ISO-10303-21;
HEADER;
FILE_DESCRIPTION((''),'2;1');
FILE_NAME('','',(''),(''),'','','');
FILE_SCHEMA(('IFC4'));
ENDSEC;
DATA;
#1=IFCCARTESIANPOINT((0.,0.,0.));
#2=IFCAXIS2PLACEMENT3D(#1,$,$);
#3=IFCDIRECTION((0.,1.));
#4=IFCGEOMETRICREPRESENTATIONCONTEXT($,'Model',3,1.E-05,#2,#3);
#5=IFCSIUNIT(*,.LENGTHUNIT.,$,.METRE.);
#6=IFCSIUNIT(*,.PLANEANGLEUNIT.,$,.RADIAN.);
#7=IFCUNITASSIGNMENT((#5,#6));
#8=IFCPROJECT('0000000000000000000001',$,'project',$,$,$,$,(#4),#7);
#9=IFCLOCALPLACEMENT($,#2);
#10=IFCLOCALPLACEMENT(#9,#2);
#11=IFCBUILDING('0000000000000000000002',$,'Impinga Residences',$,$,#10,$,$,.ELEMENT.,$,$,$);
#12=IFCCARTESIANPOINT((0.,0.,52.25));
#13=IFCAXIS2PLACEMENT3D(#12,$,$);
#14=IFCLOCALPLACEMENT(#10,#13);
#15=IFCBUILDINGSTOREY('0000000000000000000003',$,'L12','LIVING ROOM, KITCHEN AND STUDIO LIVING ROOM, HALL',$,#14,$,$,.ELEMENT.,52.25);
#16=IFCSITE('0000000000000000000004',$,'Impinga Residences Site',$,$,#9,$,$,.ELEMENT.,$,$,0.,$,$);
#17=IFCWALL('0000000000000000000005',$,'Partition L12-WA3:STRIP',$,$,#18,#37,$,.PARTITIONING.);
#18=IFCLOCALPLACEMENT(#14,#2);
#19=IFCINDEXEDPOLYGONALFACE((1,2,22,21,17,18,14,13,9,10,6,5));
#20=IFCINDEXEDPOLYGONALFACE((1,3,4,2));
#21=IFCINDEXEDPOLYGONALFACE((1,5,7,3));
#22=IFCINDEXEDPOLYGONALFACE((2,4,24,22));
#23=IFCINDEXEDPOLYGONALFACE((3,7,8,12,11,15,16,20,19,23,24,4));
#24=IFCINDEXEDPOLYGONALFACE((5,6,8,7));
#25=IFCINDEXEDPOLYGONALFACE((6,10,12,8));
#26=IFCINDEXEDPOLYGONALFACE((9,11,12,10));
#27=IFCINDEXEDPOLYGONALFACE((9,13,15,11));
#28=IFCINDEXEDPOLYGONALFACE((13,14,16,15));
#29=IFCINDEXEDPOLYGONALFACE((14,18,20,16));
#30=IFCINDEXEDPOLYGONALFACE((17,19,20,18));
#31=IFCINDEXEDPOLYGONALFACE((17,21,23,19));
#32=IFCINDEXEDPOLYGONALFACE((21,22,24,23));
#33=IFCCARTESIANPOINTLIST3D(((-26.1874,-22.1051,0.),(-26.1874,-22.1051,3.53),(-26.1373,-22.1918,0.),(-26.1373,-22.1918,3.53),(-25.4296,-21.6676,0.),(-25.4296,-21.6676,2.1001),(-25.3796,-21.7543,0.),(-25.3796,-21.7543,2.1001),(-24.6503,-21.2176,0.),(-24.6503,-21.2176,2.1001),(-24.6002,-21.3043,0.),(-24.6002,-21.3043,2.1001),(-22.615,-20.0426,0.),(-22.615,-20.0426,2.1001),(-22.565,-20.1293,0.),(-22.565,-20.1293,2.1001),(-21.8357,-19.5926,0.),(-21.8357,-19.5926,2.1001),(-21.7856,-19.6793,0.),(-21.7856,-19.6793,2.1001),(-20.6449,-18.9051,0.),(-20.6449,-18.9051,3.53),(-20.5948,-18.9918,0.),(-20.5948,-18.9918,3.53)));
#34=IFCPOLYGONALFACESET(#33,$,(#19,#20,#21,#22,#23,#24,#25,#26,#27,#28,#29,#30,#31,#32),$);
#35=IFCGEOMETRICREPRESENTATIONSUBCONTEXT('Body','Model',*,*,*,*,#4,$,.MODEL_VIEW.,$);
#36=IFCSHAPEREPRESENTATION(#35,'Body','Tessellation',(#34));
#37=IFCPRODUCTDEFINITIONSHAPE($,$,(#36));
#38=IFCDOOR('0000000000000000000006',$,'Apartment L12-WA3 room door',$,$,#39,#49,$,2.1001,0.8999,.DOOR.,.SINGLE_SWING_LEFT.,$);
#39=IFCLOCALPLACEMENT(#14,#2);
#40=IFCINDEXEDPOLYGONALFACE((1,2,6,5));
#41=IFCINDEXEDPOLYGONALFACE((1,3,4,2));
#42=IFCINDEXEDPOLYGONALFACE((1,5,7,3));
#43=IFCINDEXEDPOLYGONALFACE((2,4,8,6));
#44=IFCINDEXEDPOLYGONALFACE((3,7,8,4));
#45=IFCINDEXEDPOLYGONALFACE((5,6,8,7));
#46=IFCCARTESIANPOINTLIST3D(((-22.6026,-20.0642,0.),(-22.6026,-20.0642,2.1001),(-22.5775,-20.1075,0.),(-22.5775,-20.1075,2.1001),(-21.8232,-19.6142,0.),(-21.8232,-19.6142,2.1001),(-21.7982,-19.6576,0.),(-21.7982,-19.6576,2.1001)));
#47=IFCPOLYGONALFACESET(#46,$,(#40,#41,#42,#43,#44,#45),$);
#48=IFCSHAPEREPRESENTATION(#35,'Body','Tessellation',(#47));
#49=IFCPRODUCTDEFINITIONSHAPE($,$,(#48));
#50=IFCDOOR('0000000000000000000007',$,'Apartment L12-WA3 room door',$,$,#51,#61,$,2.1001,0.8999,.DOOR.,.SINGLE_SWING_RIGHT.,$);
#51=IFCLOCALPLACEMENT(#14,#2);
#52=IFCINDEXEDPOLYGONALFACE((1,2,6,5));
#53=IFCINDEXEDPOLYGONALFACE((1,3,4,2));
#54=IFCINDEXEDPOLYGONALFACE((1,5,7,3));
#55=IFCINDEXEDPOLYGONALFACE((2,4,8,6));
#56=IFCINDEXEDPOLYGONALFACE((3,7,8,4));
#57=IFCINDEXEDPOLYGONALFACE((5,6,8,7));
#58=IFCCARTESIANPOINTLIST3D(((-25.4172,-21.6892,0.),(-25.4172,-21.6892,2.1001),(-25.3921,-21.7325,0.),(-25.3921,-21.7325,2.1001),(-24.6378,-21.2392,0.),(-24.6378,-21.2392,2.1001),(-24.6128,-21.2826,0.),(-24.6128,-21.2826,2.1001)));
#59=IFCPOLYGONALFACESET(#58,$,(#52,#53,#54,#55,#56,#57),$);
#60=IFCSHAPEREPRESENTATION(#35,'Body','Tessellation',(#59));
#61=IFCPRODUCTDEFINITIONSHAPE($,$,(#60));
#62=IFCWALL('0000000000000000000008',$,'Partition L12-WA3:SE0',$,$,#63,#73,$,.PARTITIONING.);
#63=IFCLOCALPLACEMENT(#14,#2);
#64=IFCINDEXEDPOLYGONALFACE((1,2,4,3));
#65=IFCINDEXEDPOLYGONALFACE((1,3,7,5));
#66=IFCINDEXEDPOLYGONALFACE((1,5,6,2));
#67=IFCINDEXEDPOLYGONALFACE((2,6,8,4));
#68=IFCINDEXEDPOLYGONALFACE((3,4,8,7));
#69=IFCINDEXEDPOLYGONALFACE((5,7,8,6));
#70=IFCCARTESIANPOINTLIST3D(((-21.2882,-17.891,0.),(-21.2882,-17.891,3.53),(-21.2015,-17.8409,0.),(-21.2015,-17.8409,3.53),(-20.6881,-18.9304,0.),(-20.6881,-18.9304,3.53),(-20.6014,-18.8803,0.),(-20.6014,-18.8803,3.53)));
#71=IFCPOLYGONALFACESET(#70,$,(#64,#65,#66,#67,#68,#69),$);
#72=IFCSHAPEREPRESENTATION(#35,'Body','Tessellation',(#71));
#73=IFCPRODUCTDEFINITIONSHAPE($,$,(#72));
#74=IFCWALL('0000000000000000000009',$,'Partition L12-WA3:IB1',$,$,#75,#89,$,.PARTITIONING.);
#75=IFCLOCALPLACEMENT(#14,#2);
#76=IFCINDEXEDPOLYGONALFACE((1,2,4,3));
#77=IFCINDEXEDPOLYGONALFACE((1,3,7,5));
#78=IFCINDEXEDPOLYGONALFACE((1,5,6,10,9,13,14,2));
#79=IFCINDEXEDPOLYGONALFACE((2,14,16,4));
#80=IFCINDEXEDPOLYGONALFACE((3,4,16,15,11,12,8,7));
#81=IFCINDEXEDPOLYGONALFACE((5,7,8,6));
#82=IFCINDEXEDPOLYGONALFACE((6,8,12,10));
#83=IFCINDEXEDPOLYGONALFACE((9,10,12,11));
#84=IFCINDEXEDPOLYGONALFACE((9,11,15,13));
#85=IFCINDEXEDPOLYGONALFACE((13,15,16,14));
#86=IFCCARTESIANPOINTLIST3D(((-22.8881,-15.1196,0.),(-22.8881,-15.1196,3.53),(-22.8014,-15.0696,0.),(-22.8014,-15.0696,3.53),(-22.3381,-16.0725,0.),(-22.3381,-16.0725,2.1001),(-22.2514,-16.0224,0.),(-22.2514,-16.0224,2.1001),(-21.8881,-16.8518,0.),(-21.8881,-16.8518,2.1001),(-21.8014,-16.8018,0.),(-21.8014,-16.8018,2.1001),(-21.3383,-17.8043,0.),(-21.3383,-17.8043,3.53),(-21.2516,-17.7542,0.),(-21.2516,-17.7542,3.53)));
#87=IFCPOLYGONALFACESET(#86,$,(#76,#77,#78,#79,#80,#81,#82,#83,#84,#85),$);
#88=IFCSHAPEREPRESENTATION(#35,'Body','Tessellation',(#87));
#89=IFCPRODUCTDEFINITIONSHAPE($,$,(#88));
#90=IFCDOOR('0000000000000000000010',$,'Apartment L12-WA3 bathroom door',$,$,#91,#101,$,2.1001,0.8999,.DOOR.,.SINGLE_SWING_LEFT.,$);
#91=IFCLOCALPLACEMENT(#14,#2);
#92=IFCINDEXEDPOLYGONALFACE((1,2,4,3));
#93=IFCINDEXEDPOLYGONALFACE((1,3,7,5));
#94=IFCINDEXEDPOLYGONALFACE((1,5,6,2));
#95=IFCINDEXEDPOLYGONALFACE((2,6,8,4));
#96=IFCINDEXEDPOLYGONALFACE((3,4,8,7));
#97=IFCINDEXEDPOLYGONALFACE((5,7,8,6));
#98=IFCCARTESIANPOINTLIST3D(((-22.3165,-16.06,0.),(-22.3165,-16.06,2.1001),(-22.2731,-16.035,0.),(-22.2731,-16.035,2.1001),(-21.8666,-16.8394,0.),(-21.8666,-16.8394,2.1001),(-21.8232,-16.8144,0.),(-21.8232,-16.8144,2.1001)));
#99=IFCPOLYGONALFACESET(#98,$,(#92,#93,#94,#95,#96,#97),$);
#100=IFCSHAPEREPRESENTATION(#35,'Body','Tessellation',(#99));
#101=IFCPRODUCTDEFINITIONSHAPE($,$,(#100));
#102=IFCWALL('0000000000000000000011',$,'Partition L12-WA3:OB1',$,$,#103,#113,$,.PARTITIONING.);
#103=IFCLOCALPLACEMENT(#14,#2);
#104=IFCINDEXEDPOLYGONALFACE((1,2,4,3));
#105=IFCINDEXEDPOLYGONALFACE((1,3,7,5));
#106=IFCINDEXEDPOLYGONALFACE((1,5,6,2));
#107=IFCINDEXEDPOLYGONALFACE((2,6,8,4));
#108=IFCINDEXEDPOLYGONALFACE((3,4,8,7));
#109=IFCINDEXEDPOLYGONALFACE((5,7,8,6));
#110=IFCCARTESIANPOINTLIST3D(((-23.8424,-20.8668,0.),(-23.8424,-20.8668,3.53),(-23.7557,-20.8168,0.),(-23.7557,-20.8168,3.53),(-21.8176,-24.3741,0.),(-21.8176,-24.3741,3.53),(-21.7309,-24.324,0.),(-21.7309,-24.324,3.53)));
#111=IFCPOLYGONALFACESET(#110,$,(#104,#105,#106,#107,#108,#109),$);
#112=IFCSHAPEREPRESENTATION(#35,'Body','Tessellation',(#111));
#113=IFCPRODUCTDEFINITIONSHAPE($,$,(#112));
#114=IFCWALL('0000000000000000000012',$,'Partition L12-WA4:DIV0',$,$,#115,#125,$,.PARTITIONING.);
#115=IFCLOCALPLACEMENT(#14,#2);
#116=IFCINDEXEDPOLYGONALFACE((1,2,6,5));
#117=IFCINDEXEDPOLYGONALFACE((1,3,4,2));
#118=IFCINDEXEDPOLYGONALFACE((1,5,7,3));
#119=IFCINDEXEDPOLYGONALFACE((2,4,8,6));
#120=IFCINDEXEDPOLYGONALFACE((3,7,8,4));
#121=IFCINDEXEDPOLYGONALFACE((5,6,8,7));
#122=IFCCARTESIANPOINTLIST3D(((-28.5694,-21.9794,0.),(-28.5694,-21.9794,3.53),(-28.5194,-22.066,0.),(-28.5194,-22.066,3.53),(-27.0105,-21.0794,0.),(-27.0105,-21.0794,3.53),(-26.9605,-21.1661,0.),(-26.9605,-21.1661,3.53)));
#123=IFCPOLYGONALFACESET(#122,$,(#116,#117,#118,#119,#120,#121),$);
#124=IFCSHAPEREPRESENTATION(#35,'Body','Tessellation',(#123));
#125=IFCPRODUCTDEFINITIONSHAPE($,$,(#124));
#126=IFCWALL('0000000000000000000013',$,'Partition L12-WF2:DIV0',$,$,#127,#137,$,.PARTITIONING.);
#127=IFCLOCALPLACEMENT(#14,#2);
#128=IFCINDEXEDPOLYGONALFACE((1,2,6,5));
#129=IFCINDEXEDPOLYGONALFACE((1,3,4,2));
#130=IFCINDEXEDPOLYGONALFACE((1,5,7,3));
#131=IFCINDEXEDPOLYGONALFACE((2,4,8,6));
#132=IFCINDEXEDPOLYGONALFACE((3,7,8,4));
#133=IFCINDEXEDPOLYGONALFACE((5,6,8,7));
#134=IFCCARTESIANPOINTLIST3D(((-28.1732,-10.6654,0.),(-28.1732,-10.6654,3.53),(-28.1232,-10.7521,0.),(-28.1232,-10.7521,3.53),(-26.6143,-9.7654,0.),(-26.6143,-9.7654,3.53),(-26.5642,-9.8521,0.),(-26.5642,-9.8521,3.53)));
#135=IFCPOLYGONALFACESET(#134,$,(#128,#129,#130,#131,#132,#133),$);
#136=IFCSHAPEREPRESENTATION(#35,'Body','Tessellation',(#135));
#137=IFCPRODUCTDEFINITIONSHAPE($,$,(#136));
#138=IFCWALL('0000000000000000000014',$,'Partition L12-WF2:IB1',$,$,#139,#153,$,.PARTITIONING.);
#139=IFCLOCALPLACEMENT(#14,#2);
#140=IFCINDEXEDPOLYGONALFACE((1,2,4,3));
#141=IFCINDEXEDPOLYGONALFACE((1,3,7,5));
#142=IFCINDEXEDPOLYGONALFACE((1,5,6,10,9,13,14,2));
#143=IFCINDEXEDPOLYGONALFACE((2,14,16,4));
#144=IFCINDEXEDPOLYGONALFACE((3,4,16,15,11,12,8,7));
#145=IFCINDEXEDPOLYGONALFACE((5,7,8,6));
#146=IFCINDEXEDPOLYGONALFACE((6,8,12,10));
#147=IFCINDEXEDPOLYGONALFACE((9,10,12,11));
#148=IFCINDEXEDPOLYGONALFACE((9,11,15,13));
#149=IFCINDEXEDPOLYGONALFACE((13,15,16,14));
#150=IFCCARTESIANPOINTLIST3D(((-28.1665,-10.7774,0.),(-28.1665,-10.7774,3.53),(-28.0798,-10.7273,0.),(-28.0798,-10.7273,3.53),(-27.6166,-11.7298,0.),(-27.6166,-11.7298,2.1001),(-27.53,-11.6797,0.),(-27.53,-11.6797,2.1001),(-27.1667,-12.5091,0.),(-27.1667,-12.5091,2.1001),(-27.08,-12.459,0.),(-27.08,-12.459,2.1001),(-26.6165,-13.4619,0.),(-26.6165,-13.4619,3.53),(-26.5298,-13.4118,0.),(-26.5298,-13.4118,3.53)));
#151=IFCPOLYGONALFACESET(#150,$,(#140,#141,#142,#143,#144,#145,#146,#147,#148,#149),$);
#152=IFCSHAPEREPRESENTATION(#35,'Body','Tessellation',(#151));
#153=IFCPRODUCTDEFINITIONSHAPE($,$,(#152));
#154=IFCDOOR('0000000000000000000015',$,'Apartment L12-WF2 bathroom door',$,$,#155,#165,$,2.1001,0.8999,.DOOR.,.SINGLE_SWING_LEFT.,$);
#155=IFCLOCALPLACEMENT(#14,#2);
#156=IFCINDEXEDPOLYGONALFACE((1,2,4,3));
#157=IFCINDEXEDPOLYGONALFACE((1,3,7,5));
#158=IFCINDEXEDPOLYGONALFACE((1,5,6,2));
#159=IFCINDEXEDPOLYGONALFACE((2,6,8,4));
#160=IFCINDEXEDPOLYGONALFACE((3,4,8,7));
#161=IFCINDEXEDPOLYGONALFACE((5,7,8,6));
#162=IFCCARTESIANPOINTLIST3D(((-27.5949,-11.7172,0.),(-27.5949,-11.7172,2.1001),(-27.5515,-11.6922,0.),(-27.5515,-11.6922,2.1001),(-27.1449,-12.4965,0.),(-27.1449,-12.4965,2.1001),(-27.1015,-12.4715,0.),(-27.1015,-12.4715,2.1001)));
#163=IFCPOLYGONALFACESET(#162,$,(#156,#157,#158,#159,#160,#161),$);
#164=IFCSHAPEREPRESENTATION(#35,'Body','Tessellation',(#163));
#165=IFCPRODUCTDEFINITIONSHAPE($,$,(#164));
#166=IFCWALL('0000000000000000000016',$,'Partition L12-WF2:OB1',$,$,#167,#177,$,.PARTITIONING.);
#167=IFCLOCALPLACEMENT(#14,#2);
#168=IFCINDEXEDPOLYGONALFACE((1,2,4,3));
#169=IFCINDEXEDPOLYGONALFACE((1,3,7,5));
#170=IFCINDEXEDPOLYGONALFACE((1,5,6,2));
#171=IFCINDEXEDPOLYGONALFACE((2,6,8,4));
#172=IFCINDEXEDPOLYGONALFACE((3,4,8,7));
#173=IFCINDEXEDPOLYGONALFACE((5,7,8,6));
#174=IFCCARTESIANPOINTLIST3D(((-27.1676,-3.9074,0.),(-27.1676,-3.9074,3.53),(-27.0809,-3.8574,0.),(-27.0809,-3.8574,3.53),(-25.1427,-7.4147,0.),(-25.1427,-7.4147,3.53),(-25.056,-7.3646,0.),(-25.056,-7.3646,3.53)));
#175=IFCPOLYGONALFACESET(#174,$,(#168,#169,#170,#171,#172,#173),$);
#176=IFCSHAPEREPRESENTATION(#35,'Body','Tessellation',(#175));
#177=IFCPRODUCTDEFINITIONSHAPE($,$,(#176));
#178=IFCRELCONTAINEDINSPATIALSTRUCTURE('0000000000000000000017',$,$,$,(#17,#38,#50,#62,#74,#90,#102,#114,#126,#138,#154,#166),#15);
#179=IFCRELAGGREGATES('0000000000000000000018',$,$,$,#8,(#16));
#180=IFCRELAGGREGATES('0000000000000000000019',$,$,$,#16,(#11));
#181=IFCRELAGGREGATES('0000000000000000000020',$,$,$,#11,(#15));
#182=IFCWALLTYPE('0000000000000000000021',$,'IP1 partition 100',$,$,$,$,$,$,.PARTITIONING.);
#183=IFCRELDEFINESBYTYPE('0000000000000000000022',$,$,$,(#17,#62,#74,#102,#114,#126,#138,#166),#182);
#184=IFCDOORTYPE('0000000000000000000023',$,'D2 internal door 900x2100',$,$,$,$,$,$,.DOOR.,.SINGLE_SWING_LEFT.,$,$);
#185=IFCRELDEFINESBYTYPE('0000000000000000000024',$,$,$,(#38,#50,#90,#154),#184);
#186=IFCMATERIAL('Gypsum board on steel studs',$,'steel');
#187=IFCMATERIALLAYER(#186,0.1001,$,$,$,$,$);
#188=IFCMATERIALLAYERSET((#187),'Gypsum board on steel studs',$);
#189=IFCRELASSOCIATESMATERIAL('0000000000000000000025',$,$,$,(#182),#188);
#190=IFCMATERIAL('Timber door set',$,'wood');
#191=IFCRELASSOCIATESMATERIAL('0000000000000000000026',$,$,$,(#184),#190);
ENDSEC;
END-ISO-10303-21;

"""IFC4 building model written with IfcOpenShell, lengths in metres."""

from ifc_helpers import new_model, si_unit, direction, frame, frame_2d, origin, place, context, subcontext, project, spatial, rectangle, extrude, material, layer, layer_set, type_object, element, fill, save


model = new_model("IFC4")

# Units and contexts
model_context = context("Model", 3, precision=1e-05, world=origin(), true_north=direction((0.0, 1.0)))
body_context = subcontext(model_context, "Body", "Model", "MODEL_VIEW")
ifc_project = project(units=[si_unit("LENGTHUNIT", "METRE"), si_unit("PLANEANGLEUNIT", "RADIAN")], contexts=[model_context])

# Site, building, storey
site_placement = place(None, origin())
site = spatial("IfcSite", under=ifc_project, at=site_placement, Name="Impinga Residences Site", CompositionType="ELEMENT", RefElevation=0.0)
building_placement = place(site_placement, origin())
building = spatial("IfcBuilding", under=site, at=building_placement, Name="Impinga Residences", CompositionType="ELEMENT")
storey_placement = place(building_placement, frame((0.0, 0.0, 52.25)))
storey = spatial("IfcBuildingStorey", under=building, at=storey_placement, Name="L12", Description="LIVING ROOM, KITCHEN AND STUDIO LIVING ROOM, HALL", CompositionType="ELEMENT", Elevation=52.25)

# Shared definitions
ifc_material_1 = material(Name="Gypsum board on steel studs", Category="steel")
ifc_layer_1 = layer(ifc_material_1, 0.1001)
ifc_layer_set_1 = layer_set([ifc_layer_1], Name="Gypsum board on steel studs")
wall_type_1 = type_object("IfcWallType", Name="IP1 partition 100", PredefinedType="PARTITIONING", material=ifc_layer_set_1)
ifc_material_2 = material(Name="Timber door set", Category="wood")
door_type = type_object("IfcDoorType", Name="D2 internal door 900x2100", OperationType="SINGLE_SWING_LEFT", PredefinedType="DOOR", material=ifc_material_2)

# Wall, openings, doors
wall_1_placement = place(storey_placement, frame((-20.6199, -18.9485, 0.0), z_axis=(0.0, 0.0, 1.0), x_axis=(-0.866025, -0.5, 0.0)))
wall_1 = element("IfcWall", 1, at=wall_1_placement, inside=storey, type_object=wall_type_1, Name="Partition L12-WA3:STRIP", PredefinedType="PARTITIONING", context=body_context, shape_type="SweptSolid", body=[
    extrude(rectangle(XDim=6.3999, YDim=0.1001, at=frame_2d((3.2, 0.0))), origin(), (0.0, 0.0, 1.0), 3.53),
])
opening_1_placement = place(wall_1_placement, frame((1.375, 0.0, 0.0)))
opening_1 = element("IfcOpeningElement", 2, at=opening_1_placement, cuts=wall_1, PredefinedType="OPENING", context=body_context, shape_type="SweptSolid", body=[
    extrude(rectangle(XDim=0.8999, YDim=2.1001, at=frame_2d((0.45, 1.05))), frame((0.0, 0.0601, 0.0), z_axis=(0.0, -1.0, 0.0), x_axis=(1.0, 0.0, 0.0)), (0.0, 0.0, 1.0), 0.1201),
])
opening_2_placement = place(wall_1_placement, frame((4.625, 0.0, 0.0)))
opening_2 = element("IfcOpeningElement", 3, at=opening_2_placement, cuts=wall_1, PredefinedType="OPENING", context=body_context, shape_type="SweptSolid", body=[
    extrude(rectangle(XDim=0.8999, YDim=2.1001, at=frame_2d((0.45, 1.05))), frame((0.0, 0.0601, 0.0), z_axis=(0.0, -1.0, 0.0), x_axis=(1.0, 0.0, 0.0)), (0.0, 0.0, 1.0), 0.1201),
])
door_1_placement = place(opening_1_placement, origin())
door_1 = element("IfcDoor", 4, at=door_1_placement, inside=storey, type_object=door_type, Name="Apartment L12-WA3 room door", OperationType="SINGLE_SWING_LEFT", OverallHeight=2.1001, OverallWidth=0.8999, PredefinedType="DOOR", context=body_context, shape_type="SweptSolid", body=[
    extrude(rectangle(XDim=0.8999, YDim=2.1001, at=frame_2d((0.45, 1.05))), frame((0.0, 0.0249, 0.0), z_axis=(0.0, -1.0, 0.0), x_axis=(1.0, 0.0, 0.0)), (0.0, 0.0, 1.0), 0.05),
])
fill(opening_1, door_1)
door_2_placement = place(opening_2_placement, origin())
door_2 = element("IfcDoor", 5, at=door_2_placement, inside=storey, type_object=door_type, Name="Apartment L12-WA3 room door", OperationType="SINGLE_SWING_RIGHT", OverallHeight=2.1001, OverallWidth=0.8999, PredefinedType="DOOR", context=body_context, shape_type="SweptSolid", body=[
    extrude(rectangle(XDim=0.8999, YDim=2.1001, at=frame_2d((0.45, 1.05))), frame((0.0, 0.0249, 0.0), z_axis=(0.0, -1.0, 0.0), x_axis=(1.0, 0.0, 0.0)), (0.0, 0.0, 1.0), 0.05),
])
fill(opening_2, door_2)

# Wall
wall_2_placement = place(storey_placement, frame((-21.2449, -17.866, 0.0), z_axis=(0.0, 0.0, 1.0), x_axis=(0.500034, -0.866006, 0.0)))
element("IfcWall", 6, at=wall_2_placement, inside=storey, type_object=wall_type_1, Name="Partition L12-WA3:SE0", PredefinedType="PARTITIONING", context=body_context, shape_type="SweptSolid", body=[
    extrude(rectangle(XDim=1.2002, YDim=0.1001, at=frame_2d((0.6001, 0.0))), origin(), (0.0, 0.0, 1.0), 3.53),
])

# Wall, opening, door
wall_3_placement = place(storey_placement, frame((-22.8447, -15.0947, 0.0), z_axis=(0.0, 0.0, 1.0), x_axis=(0.499968, -0.866044, 0.0)))
wall_3 = element("IfcWall", 7, at=wall_3_placement, inside=storey, type_object=wall_type_1, Name="Partition L12-WA3:IB1", PredefinedType="PARTITIONING", context=body_context, shape_type="SweptSolid", body=[
    extrude(rectangle(XDim=3.0999, YDim=0.1001, at=frame_2d((1.5498, 0.0))), origin(), (0.0, 0.0, 1.0), 3.53),
])
opening_3_placement = place(wall_3_placement, frame((1.1001, 0.0, 0.0)))
opening_3 = element("IfcOpeningElement", 8, at=opening_3_placement, cuts=wall_3, PredefinedType="OPENING", context=body_context, shape_type="SweptSolid", body=[
    extrude(rectangle(XDim=0.8999, YDim=2.1001, at=frame_2d((0.45, 1.05))), frame((0.0, 0.0601, 0.0), z_axis=(0.0, -1.0, 0.0), x_axis=(1.0, 0.0, 0.0)), (0.0, 0.0, 1.0), 0.1201),
])
door_3_placement = place(opening_3_placement, origin())
door_3 = element("IfcDoor", 9, at=door_3_placement, inside=storey, type_object=door_type, Name="Apartment L12-WA3 bathroom door", OperationType="SINGLE_SWING_LEFT", OverallHeight=2.1001, OverallWidth=0.8999, PredefinedType="DOOR", context=body_context, shape_type="SweptSolid", body=[
    extrude(rectangle(XDim=0.8999, YDim=2.1001, at=frame_2d((0.45, 1.05))), frame((0.0, 0.0249, 0.0), z_axis=(0.0, -1.0, 0.0), x_axis=(1.0, 0.0, 0.0)), (0.0, 0.0, 1.0), 0.05),
])
fill(opening_3, door_3)

# Walls
wall_4_placement = place(storey_placement, frame((-23.7991, -20.8418, 0.0), z_axis=(0.0, 0.0, 1.0), x_axis=(0.49999, -0.866031, 0.0)))
element("IfcWall", 10, at=wall_4_placement, inside=storey, type_object=wall_type_1, Name="Partition L12-WA3:OB1", PredefinedType="PARTITIONING", context=body_context, shape_type="SweptSolid", body=[
    extrude(rectangle(XDim=4.0498, YDim=0.1001, at=frame_2d((2.0249, 0.0))), origin(), (0.0, 0.0, 1.0), 3.53),
])
for number, where, z_axis, x_axis, name in (
    (11, (-26.9856, -21.1228, 0.0), (0.0, 0.0, 1.0), (-0.866048, -0.499961, 0.0), "Partition L12-WA4:DIV0"),
    (12, (-26.5894, -9.8088, 0.0), (0.0, 0.0, 1.0), (-0.866048, -0.499961, 0.0), "Partition L12-WF2:DIV0"),
):
    element("IfcWall", number, at=place(storey_placement, frame(where, z_axis=z_axis, x_axis=x_axis)), inside=storey, type_object=wall_type_1, Name=name, PredefinedType="PARTITIONING", context=body_context, shape_type="SweptSolid", body=[
        extrude(rectangle(XDim=1.8, YDim=0.1001, at=frame_2d((0.8999, 0.0))), origin(), (0.0, 0.0, 1.0), 3.53),
    ])

# Wall, opening, door
wall_5_placement = place(storey_placement, frame((-26.5732, -13.4368, 0.0), z_axis=(0.0, 0.0, 1.0), x_axis=(-0.500027, 0.86601, 0.0)))
wall_5 = element("IfcWall", 13, at=wall_5_placement, inside=storey, type_object=wall_type_1, Name="Partition L12-WF2:IB1", PredefinedType="PARTITIONING", context=body_context, shape_type="SweptSolid", body=[
    extrude(rectangle(XDim=3.0999, YDim=0.1001, at=frame_2d((1.5498, 0.0))), origin(), (0.0, 0.0, 1.0), 3.53),
])
opening_4_placement = place(wall_5_placement, frame((1.1001, 0.0, 0.0)))
opening_4 = element("IfcOpeningElement", 14, at=opening_4_placement, cuts=wall_5, PredefinedType="OPENING", context=body_context, shape_type="SweptSolid", body=[
    extrude(rectangle(XDim=0.8999, YDim=2.1001, at=frame_2d((0.45, 1.05))), frame((0.0, 0.0601, 0.0), z_axis=(0.0, -1.0, 0.0), x_axis=(1.0, 0.0, 0.0)), (0.0, 0.0, 1.0), 0.1201),
])
door_4_placement = place(opening_4_placement, origin())
door_4 = element("IfcDoor", 15, at=door_4_placement, inside=storey, type_object=door_type, Name="Apartment L12-WF2 bathroom door", OperationType="SINGLE_SWING_LEFT", OverallHeight=2.1001, OverallWidth=0.8999, PredefinedType="DOOR", context=body_context, shape_type="SweptSolid", body=[
    extrude(rectangle(XDim=0.8999, YDim=2.1001, at=frame_2d((0.45, 1.05))), frame((0.0, 0.0249, 0.0), z_axis=(0.0, -1.0, 0.0), x_axis=(1.0, 0.0, 0.0)), (0.0, 0.0, 1.0), 0.05),
])
fill(opening_4, door_4)

# Wall
wall_6_placement = place(storey_placement, frame((-25.0994, -7.3896, 0.0), z_axis=(0.0, 0.0, 1.0), x_axis=(-0.49999, 0.866031, 0.0)))
element("IfcWall", 16, at=wall_6_placement, inside=storey, type_object=wall_type_1, Name="Partition L12-WF2:OB1", PredefinedType="PARTITIONING", context=body_context, shape_type="SweptSolid", body=[
    extrude(rectangle(XDim=4.0498, YDim=0.1001, at=frame_2d((2.0249, 0.0))), origin(), (0.0, 0.0, 1.0), 3.53),
])

save(model, "model.ifc")
